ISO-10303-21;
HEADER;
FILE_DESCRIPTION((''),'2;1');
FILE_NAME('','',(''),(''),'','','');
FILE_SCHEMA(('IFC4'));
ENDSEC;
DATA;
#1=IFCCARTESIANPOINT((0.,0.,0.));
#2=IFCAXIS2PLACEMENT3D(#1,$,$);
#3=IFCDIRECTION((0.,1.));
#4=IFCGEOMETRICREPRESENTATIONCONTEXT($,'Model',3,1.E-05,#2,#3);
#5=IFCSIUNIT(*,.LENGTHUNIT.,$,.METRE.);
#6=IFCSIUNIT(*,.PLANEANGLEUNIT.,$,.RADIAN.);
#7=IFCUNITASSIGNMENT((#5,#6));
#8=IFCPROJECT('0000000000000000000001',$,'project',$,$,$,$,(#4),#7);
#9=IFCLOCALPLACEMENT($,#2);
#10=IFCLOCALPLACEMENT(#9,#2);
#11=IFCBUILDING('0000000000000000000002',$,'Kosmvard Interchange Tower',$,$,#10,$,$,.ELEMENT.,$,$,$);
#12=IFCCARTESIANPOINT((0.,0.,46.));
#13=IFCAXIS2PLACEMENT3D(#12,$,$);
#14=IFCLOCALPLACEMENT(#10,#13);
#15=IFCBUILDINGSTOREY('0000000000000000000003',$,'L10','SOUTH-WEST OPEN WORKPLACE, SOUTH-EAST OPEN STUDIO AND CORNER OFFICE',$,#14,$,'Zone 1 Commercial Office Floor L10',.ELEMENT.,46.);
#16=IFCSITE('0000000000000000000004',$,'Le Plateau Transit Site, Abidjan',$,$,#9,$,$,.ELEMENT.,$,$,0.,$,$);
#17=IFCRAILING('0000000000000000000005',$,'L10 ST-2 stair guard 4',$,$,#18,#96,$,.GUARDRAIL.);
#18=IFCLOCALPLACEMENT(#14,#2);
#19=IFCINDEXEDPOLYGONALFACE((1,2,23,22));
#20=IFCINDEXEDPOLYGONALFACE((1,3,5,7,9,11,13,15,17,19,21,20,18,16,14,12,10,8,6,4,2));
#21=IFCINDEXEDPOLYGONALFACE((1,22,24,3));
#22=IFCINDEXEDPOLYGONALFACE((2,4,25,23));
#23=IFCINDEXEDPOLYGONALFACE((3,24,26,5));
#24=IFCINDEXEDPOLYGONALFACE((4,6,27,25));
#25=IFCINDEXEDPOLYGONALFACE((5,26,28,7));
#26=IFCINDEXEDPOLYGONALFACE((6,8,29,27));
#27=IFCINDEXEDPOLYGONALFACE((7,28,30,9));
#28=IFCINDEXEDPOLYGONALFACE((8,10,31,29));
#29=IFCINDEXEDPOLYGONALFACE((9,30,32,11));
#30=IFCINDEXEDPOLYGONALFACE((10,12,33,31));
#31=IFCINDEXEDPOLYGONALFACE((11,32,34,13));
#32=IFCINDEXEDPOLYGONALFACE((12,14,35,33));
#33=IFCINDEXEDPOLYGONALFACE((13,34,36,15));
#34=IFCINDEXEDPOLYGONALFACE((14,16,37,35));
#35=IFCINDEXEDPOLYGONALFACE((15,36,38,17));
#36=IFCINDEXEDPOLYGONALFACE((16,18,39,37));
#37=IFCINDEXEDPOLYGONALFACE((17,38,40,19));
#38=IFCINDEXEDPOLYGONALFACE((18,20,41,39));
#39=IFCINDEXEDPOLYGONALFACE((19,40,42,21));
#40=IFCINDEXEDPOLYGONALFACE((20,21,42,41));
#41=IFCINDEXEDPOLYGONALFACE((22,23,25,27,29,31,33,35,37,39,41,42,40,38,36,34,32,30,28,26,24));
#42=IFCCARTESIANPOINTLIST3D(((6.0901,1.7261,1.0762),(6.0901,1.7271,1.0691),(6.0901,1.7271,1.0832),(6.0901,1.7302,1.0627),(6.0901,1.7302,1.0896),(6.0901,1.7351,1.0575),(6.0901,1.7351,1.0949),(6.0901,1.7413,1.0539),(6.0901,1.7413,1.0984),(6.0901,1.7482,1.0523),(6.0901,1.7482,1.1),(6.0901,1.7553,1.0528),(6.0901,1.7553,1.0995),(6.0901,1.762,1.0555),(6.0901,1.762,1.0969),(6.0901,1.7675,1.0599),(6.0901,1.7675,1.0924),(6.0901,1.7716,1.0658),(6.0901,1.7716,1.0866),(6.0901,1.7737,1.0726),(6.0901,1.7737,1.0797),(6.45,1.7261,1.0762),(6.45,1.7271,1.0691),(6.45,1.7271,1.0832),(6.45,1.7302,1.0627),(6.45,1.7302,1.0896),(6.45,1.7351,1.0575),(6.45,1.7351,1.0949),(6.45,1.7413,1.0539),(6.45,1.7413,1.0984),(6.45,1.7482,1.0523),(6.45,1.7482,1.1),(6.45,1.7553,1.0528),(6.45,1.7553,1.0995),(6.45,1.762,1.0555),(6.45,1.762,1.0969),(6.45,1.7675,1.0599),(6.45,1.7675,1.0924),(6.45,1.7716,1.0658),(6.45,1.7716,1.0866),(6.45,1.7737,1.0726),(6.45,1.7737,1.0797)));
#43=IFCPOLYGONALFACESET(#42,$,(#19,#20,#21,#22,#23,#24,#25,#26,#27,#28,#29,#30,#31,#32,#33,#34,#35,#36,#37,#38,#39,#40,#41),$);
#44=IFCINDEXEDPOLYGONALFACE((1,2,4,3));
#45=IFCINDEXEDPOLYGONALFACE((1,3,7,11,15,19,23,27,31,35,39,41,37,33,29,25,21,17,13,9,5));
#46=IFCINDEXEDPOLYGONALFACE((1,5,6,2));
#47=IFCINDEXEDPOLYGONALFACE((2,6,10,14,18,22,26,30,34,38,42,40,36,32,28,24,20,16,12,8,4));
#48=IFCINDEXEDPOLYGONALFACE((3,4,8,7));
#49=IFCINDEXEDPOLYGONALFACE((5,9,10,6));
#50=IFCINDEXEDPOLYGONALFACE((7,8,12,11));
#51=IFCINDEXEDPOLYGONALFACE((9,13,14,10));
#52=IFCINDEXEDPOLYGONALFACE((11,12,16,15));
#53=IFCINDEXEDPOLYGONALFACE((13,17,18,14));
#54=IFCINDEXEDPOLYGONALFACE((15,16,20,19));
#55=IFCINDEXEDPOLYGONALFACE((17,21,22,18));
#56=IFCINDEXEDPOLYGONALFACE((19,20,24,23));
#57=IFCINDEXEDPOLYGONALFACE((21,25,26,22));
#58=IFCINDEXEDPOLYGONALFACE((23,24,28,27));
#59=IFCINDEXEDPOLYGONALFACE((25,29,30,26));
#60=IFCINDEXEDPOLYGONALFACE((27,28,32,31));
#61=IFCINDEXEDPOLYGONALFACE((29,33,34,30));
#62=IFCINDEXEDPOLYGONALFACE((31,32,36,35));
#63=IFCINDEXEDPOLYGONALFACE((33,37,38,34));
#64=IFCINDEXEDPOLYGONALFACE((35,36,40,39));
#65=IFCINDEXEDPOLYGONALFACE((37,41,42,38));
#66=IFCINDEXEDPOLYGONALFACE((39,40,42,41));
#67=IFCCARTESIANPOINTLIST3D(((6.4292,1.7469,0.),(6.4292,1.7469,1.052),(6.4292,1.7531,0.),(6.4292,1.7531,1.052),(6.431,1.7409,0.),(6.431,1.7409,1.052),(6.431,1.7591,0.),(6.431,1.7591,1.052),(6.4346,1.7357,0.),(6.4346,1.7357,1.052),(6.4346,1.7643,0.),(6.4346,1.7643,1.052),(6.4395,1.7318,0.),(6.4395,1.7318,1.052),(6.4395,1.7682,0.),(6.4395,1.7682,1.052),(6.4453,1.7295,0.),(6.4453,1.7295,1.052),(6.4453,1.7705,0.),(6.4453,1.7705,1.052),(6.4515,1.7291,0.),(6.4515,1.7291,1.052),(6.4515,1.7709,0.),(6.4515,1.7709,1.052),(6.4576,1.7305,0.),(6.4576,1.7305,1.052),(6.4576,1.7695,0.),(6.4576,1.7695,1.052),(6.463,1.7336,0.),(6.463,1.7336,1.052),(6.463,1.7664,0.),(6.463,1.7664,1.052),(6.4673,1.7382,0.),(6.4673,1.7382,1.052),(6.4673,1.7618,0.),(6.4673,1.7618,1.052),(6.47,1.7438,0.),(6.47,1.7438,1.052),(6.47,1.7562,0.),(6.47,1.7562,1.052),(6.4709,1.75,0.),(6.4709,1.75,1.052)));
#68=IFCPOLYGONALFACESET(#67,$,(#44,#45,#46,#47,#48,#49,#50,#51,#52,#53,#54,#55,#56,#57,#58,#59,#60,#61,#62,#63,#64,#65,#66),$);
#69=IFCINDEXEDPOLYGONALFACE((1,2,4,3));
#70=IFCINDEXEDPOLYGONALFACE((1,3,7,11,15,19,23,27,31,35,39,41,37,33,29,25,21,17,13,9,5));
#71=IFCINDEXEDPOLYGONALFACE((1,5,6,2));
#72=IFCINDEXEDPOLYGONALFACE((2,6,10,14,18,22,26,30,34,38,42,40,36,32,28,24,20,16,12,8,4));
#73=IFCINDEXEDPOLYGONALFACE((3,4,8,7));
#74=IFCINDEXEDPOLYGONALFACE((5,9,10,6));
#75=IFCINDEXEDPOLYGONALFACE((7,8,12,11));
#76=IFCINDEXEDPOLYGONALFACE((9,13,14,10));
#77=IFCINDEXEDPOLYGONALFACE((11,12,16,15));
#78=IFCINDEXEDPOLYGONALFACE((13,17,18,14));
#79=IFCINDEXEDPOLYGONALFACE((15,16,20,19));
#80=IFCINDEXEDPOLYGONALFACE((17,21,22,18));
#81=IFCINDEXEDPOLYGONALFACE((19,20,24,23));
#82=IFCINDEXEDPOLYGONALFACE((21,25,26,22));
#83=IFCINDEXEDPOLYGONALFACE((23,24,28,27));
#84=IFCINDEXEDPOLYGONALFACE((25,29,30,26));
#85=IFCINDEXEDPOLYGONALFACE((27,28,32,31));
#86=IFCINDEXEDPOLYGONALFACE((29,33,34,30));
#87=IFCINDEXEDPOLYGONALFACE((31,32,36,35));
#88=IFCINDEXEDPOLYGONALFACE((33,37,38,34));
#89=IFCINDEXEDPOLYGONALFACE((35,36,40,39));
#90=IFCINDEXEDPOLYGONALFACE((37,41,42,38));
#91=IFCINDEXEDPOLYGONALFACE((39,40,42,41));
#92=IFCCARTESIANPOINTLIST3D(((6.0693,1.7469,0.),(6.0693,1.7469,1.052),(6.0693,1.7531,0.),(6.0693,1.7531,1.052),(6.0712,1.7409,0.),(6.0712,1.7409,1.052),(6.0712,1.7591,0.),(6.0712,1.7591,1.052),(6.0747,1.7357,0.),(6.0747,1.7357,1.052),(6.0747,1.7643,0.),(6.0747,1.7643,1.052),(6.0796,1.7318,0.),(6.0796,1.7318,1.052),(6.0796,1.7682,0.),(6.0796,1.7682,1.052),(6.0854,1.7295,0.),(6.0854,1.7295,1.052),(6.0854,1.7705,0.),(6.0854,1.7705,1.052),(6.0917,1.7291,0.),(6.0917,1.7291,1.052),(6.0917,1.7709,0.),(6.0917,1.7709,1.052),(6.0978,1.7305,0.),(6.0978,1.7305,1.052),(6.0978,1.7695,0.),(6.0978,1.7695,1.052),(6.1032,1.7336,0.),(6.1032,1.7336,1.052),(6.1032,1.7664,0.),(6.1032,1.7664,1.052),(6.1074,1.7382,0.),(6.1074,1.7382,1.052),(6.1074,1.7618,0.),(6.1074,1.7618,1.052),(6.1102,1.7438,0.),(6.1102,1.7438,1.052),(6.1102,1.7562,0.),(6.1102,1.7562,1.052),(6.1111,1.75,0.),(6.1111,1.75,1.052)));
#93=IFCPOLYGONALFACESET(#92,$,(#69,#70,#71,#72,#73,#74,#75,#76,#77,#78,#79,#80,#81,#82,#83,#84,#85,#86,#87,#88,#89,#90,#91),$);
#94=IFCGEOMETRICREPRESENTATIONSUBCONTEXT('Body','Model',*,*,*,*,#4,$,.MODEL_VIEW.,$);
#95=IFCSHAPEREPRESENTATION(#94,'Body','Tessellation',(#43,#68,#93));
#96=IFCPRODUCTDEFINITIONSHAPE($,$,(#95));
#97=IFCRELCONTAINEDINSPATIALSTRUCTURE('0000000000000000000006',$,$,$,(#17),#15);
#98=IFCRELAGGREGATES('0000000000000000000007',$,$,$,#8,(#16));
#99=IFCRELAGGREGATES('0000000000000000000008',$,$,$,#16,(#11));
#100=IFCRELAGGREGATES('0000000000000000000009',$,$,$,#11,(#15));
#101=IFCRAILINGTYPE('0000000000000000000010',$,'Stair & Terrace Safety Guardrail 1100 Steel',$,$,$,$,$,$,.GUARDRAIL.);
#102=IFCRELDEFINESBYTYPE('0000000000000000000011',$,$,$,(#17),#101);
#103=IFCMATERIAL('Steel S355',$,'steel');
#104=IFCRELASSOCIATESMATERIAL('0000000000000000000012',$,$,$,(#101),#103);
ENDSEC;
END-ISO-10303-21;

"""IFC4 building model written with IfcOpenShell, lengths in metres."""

from ifc_helpers import new_model, si_unit, direction, frame, origin, origin_2d, place, context, subcontext, project, spatial, circle, extrude, source, transform, mapped, material, type_object, element, save


model = new_model("IFC4")

# Units and contexts
model_context = context("Model", 3, precision=1e-05, world=origin(), true_north=direction((0.0, 1.0)))
body_context = subcontext(model_context, "Body", "Model", "MODEL_VIEW")
ifc_project = project(units=[si_unit("LENGTHUNIT", "METRE"), si_unit("PLANEANGLEUNIT", "RADIAN")], contexts=[model_context])

# Site, building, storey
site_placement = place(None, origin())
site = spatial("IfcSite", under=ifc_project, at=site_placement, Name="Le Plateau Transit Site, Abidjan", CompositionType="ELEMENT", RefElevation=0.0)
building_placement = place(site_placement, origin())
building = spatial("IfcBuilding", under=site, at=building_placement, Name="Kosmvard Interchange Tower", CompositionType="ELEMENT")
storey_placement = place(building_placement, frame((0.0, 0.0, 46.0)))
storey = spatial("IfcBuildingStorey", under=building, at=storey_placement, Name="L10", Description="SOUTH-WEST OPEN WORKPLACE, SOUTH-EAST OPEN STUDIO AND CORNER OFFICE", LongName="Zone 1 Commercial Office Floor L10", CompositionType="ELEMENT", Elevation=46.0)

# Shared definitions
ifc_material_1 = material(Name="Steel S355", Category="steel")

# Railing
railing_type_1 = type_object("IfcRailingType", Name="Stair & Terrace Safety Guardrail 1100 Steel", PredefinedType="GUARDRAIL", material=ifc_material_1)
shared_shape_1 = source(origin(), body_context, "Body", "SweptSolid", [
    extrude(circle(Radius=0.0239, at=origin_2d()), frame((0.0, 0.0, 1.0762), z_axis=(-1.0, 0.0, 0.0), x_axis=(0.0, -1.0, 0.0)), (0.0, 0.0, 1.0), 0.3599),
    extrude(circle(Radius=0.021, at=origin_2d()), origin(), (0.0, 0.0, 1.0), 1.052),
    extrude(circle(Radius=0.021, at=origin_2d()), frame((-0.3599, 0.0, 0.0)), (0.0, 0.0, 1.0), 1.052),
])
for number, where, name in (
    (1, (6.45, 1.75, 0.0), "L10 ST-2 stair guard 4"),
):
    element("IfcRailing", number, at=place(storey_placement, frame(where)), inside=storey, type_object=railing_type_1, Name=name, PredefinedType="GUARDRAIL", context=body_context, shape_type="MappedRepresentation", body=[
        mapped(shared_shape_1, transform((0.0, 0.0, 0.0), scale=1.0)),
    ])

save(model, "model.ifc")
